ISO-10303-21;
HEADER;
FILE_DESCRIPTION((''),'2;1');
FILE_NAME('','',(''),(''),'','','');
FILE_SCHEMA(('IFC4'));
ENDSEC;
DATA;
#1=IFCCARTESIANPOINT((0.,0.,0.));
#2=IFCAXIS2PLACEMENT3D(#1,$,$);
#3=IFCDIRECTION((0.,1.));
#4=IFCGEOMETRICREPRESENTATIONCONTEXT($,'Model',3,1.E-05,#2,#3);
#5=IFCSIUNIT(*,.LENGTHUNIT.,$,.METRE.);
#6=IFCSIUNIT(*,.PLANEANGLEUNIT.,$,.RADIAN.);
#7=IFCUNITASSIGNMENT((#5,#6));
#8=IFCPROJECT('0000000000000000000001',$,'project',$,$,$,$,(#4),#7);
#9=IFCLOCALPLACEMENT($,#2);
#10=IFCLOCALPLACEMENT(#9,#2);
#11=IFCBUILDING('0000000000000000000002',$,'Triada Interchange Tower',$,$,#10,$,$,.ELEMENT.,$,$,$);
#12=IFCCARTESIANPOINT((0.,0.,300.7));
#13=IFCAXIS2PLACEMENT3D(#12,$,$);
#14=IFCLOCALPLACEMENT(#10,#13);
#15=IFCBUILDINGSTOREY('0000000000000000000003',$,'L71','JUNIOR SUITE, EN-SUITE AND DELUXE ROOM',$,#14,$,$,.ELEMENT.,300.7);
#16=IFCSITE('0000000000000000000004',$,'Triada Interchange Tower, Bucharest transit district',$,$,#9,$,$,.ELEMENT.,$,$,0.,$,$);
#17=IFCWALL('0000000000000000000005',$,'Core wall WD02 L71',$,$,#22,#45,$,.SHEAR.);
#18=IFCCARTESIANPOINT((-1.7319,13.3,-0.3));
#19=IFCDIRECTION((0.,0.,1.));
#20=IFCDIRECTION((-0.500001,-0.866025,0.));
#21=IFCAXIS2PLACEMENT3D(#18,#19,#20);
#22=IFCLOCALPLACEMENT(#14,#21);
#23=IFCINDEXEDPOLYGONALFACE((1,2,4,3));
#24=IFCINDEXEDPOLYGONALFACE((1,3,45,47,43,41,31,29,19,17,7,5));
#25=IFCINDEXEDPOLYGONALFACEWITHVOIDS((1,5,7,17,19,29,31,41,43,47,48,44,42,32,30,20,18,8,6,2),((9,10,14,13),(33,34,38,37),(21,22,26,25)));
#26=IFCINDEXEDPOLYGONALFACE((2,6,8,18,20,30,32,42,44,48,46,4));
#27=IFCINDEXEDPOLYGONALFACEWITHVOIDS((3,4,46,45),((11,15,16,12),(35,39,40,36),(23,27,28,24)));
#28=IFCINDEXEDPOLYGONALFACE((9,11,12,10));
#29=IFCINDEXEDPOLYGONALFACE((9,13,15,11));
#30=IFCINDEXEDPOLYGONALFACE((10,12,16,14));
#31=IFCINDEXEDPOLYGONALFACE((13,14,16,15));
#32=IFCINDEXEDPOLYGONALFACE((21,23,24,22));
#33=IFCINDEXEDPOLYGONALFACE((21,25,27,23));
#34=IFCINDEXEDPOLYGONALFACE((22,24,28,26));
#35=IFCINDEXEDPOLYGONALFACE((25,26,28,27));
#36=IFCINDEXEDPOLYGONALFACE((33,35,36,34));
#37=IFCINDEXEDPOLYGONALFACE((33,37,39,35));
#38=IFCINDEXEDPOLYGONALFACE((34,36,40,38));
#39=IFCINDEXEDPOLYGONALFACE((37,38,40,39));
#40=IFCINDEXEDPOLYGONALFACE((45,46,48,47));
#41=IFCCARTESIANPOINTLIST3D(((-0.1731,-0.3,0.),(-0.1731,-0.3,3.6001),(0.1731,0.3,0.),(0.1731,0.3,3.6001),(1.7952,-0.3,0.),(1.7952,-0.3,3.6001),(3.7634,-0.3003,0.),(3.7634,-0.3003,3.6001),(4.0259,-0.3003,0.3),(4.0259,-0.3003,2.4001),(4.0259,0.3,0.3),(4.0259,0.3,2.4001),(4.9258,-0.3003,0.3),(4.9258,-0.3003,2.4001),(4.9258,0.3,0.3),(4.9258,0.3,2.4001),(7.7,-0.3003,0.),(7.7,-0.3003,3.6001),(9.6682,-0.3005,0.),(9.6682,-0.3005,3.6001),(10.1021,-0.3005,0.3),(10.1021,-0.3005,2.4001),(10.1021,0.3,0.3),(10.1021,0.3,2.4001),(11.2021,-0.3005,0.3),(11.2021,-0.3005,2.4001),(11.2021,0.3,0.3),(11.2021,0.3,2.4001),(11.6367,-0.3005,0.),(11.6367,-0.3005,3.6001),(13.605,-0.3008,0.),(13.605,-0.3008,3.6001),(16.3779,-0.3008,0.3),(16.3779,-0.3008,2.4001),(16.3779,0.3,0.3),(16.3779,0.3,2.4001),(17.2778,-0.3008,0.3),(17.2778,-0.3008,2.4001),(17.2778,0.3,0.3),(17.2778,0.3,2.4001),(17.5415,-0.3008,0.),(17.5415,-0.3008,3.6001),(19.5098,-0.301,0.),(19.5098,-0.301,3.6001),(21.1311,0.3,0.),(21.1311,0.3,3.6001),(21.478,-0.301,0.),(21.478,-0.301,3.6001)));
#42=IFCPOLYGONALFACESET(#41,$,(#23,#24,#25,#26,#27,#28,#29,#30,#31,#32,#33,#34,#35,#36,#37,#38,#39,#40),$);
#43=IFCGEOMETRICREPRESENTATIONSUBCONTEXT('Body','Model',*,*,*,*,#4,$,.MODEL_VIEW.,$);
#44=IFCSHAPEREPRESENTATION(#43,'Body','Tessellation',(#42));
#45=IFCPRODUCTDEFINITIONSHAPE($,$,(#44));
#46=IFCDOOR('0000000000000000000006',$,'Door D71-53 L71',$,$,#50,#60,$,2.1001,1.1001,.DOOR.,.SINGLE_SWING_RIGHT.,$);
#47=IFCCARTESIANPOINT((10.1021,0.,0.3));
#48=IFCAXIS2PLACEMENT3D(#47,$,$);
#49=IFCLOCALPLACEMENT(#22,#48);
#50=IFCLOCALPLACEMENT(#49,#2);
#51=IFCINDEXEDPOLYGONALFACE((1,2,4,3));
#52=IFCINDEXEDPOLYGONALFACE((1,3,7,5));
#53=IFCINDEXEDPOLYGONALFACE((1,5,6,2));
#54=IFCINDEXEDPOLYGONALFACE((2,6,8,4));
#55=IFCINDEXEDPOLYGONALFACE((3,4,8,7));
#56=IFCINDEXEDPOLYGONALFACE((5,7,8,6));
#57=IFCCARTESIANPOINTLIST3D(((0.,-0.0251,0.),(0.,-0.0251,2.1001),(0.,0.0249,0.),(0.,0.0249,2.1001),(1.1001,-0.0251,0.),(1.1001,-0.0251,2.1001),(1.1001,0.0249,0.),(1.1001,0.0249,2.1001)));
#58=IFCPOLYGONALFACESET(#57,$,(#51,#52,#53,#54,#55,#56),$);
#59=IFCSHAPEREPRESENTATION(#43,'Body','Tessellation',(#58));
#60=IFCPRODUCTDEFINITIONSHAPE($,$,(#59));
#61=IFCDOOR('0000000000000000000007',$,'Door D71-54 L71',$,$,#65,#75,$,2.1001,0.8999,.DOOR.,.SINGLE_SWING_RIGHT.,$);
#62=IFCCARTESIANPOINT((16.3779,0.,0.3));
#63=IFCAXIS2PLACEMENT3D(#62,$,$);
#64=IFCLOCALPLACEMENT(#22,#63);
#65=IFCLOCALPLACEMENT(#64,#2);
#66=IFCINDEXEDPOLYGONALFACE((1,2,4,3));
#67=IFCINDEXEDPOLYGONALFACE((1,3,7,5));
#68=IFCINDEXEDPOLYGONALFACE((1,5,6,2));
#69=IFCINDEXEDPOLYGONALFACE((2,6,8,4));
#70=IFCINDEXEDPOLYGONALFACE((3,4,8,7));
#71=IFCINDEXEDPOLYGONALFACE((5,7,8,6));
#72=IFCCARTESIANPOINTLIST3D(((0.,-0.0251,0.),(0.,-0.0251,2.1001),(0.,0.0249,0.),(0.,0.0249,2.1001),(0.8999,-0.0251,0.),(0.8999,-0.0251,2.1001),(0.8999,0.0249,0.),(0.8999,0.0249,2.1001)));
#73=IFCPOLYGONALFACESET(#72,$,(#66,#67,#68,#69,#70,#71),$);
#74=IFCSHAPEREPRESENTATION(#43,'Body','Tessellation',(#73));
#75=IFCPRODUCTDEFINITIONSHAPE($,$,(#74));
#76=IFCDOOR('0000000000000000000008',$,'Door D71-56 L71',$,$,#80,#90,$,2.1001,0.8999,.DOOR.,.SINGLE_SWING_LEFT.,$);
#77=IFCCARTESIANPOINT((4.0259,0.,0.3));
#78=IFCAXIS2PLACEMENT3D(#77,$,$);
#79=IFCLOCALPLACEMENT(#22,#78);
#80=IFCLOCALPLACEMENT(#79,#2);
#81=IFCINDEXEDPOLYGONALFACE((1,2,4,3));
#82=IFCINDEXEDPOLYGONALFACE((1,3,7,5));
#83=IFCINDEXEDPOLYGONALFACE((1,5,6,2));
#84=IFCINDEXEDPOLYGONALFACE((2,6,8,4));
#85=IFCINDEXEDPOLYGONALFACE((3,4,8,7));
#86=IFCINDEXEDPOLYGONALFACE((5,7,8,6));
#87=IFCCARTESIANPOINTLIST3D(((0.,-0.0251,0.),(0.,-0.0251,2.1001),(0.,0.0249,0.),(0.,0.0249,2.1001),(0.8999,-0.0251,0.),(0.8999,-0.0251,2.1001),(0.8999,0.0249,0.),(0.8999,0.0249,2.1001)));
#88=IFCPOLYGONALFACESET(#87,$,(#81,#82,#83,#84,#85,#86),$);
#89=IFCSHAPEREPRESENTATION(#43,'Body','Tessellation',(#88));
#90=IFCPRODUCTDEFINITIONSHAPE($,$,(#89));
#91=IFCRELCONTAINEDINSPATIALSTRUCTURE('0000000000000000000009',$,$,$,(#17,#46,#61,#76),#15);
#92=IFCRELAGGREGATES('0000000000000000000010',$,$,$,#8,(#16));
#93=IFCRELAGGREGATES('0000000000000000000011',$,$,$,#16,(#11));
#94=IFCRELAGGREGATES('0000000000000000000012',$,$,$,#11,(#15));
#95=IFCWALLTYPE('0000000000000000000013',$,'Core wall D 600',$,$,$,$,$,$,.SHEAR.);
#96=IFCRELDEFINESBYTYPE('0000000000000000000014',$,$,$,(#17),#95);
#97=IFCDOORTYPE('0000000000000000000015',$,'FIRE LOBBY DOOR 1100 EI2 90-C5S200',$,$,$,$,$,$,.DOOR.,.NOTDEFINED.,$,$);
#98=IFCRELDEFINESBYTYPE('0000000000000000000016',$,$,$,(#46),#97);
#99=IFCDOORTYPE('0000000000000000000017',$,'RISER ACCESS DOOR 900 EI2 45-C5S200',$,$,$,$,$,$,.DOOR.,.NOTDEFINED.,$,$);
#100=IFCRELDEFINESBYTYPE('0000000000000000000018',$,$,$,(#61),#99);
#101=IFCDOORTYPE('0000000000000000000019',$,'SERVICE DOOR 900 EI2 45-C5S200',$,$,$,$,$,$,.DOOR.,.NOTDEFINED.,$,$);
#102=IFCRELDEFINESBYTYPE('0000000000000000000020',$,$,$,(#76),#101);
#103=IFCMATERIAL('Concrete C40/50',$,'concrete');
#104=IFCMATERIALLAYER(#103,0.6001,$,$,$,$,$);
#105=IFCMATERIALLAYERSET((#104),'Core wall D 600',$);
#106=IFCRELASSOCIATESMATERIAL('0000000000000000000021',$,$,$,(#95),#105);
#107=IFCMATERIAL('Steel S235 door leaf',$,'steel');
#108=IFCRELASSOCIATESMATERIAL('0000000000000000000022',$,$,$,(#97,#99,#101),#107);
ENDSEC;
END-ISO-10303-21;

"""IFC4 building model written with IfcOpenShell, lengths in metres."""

from ifc_helpers import new_model, si_unit, direction, frame, frame_2d, origin, place, context, subcontext, project, spatial, polyline, rectangle, outline, extrude, material, layer, layer_set, type_object, element, fill, save


model = new_model("IFC4")

# Units and contexts
model_context = context("Model", 3, precision=1e-05, world=origin(), true_north=direction((0.0, 1.0)))
body_context = subcontext(model_context, "Body", "Model", "MODEL_VIEW")
ifc_project = project(units=[si_unit("LENGTHUNIT", "METRE"), si_unit("PLANEANGLEUNIT", "RADIAN")], contexts=[model_context])

# Site, building, storey
site_placement = place(None, origin())
site = spatial("IfcSite", under=ifc_project, at=site_placement, Name="Triada Interchange Tower, Bucharest transit district", CompositionType="ELEMENT", RefElevation=0.0)
building_placement = place(site_placement, origin())
building = spatial("IfcBuilding", under=site, at=building_placement, Name="Triada Interchange Tower", CompositionType="ELEMENT")
storey_placement = place(building_placement, frame((0.0, 0.0, 300.7)))
storey = spatial("IfcBuildingStorey", under=building, at=storey_placement, Name="L71", Description="JUNIOR SUITE, EN-SUITE AND DELUXE ROOM", CompositionType="ELEMENT", Elevation=300.7)

# Shared definitions
ifc_material_1 = material(Name="Concrete C40/50", Category="concrete")

# Wall, openings, doors
ifc_layer_1 = layer(ifc_material_1, 0.6001)
ifc_layer_set_1 = layer_set([ifc_layer_1], Name="Core wall D 600")
wall_type_1 = type_object("IfcWallType", Name="Core wall D 600", PredefinedType="SHEAR", material=ifc_layer_set_1)
wall_1_placement = place(storey_placement, frame((-1.7319, 13.3, -0.3), z_axis=(0.0, 0.0, 1.0), x_axis=(-0.500001, -0.866025, 0.0)))
wall_1 = element("IfcWall", 1, at=wall_1_placement, inside=storey, type_object=wall_type_1, Name="Core wall WD02 L71", PredefinedType="SHEAR", context=body_context, shape_type="SweptSolid", body=[
    extrude(outline(polyline([(-0.1731, -0.3), (1.7952, -0.3), (3.7634, -0.3003), (5.7317, -0.3003), (7.7, -0.3003), (9.6682, -0.3005), (11.6367, -0.3005), (13.605, -0.3008), (15.5732, -0.3008), (17.5415, -0.3008), (19.5098, -0.301), (21.478, -0.301), (21.1311, 0.3), (19.2258, 0.3), (17.3206, 0.3), (15.4153, 0.3), (13.51, 0.3), (11.6047, 0.3), (9.6995, 0.3), (7.7942, 0.3), (5.8889, 0.3), (3.9836, 0.3), (2.0784, 0.3), (0.1731, 0.3), (-0.1731, -0.3)])), origin(), (0.0, 0.0, 1.0), 3.6001),
])
opening_1_placement = place(wall_1_placement, frame((10.1021, 0.0, 0.3)))
opening_1 = element("IfcOpeningElement", 2, at=opening_1_placement, cuts=wall_1, PredefinedType="OPENING", context=body_context, shape_type="SweptSolid", body=[
    extrude(rectangle(XDim=1.1001, YDim=2.1001, at=frame_2d((0.55, 1.05))), frame((0.0, 0.3101, 0.0), z_axis=(0.0, -1.0, 0.0), x_axis=(1.0, 0.0, 0.0)), (0.0, 0.0, 1.0), 0.6211),
])
opening_2_placement = place(wall_1_placement, frame((16.3779, 0.0, 0.3)))
opening_2 = element("IfcOpeningElement", 3, at=opening_2_placement, cuts=wall_1, PredefinedType="OPENING", context=body_context, shape_type="SweptSolid", body=[
    extrude(rectangle(XDim=0.8999, YDim=2.1001, at=frame_2d((0.45, 1.05))), frame((0.0, 0.3101, 0.0), z_axis=(0.0, -1.0, 0.0), x_axis=(1.0, 0.0, 0.0)), (0.0, 0.0, 1.0), 0.6211),
])
opening_3_placement = place(wall_1_placement, frame((4.0259, 0.0, 0.3)))
opening_3 = element("IfcOpeningElement", 4, at=opening_3_placement, cuts=wall_1, PredefinedType="OPENING", context=body_context, shape_type="SweptSolid", body=[
    extrude(rectangle(XDim=0.8999, YDim=2.1001, at=frame_2d((0.45, 1.05))), frame((0.0, 0.3101, 0.0), z_axis=(0.0, -1.0, 0.0), x_axis=(1.0, 0.0, 0.0)), (0.0, 0.0, 1.0), 0.6211),
])
ifc_material_2 = material(Name="Steel S235 door leaf", Category="steel")
door_type_1 = type_object("IfcDoorType", Name="FIRE LOBBY DOOR 1100 EI2 90-C5S200", OperationType="NOTDEFINED", PredefinedType="DOOR", material=ifc_material_2)
door_1_placement = place(opening_1_placement, origin())
door_1 = element("IfcDoor", 5, at=door_1_placement, inside=storey, type_object=door_type_1, Name="Door D71-53 L71", OperationType="SINGLE_SWING_RIGHT", OverallHeight=2.1001, OverallWidth=1.1001, PredefinedType="DOOR", context=body_context, shape_type="SweptSolid", body=[
    extrude(rectangle(XDim=1.1001, YDim=2.1001, at=frame_2d((0.55, 1.05))), frame((0.0, 0.0249, 0.0), z_axis=(0.0, -1.0, 0.0), x_axis=(1.0, 0.0, 0.0)), (0.0, 0.0, 1.0), 0.05),
])
fill(opening_1, door_1)
door_type_2 = type_object("IfcDoorType", Name="RISER ACCESS DOOR 900 EI2 45-C5S200", OperationType="NOTDEFINED", PredefinedType="DOOR", material=ifc_material_2)
door_2_placement = place(opening_2_placement, origin())
door_2 = element("IfcDoor", 6, at=door_2_placement, inside=storey, type_object=door_type_2, Name="Door D71-54 L71", OperationType="SINGLE_SWING_RIGHT", OverallHeight=2.1001, OverallWidth=0.8999, PredefinedType="DOOR", context=body_context, shape_type="SweptSolid", body=[
    extrude(rectangle(XDim=0.8999, YDim=2.1001, at=frame_2d((0.45, 1.05))), frame((0.0, 0.0249, 0.0), z_axis=(0.0, -1.0, 0.0), x_axis=(1.0, 0.0, 0.0)), (0.0, 0.0, 1.0), 0.05),
])
fill(opening_2, door_2)
door_type_3 = type_object("IfcDoorType", Name="SERVICE DOOR 900 EI2 45-C5S200", OperationType="NOTDEFINED", PredefinedType="DOOR", material=ifc_material_2)
door_3_placement = place(opening_3_placement, origin())
door_3 = element("IfcDoor", 7, at=door_3_placement, inside=storey, type_object=door_type_3, Name="Door D71-56 L71", OperationType="SINGLE_SWING_LEFT", OverallHeight=2.1001, OverallWidth=0.8999, PredefinedType="DOOR", context=body_context, shape_type="SweptSolid", body=[
    extrude(rectangle(XDim=0.8999, YDim=2.1001, at=frame_2d((0.45, 1.05))), frame((0.0, 0.0249, 0.0), z_axis=(0.0, -1.0, 0.0), x_axis=(1.0, 0.0, 0.0)), (0.0, 0.0, 1.0), 0.05),
])
fill(opening_3, door_3)

save(model, "model.ifc")
